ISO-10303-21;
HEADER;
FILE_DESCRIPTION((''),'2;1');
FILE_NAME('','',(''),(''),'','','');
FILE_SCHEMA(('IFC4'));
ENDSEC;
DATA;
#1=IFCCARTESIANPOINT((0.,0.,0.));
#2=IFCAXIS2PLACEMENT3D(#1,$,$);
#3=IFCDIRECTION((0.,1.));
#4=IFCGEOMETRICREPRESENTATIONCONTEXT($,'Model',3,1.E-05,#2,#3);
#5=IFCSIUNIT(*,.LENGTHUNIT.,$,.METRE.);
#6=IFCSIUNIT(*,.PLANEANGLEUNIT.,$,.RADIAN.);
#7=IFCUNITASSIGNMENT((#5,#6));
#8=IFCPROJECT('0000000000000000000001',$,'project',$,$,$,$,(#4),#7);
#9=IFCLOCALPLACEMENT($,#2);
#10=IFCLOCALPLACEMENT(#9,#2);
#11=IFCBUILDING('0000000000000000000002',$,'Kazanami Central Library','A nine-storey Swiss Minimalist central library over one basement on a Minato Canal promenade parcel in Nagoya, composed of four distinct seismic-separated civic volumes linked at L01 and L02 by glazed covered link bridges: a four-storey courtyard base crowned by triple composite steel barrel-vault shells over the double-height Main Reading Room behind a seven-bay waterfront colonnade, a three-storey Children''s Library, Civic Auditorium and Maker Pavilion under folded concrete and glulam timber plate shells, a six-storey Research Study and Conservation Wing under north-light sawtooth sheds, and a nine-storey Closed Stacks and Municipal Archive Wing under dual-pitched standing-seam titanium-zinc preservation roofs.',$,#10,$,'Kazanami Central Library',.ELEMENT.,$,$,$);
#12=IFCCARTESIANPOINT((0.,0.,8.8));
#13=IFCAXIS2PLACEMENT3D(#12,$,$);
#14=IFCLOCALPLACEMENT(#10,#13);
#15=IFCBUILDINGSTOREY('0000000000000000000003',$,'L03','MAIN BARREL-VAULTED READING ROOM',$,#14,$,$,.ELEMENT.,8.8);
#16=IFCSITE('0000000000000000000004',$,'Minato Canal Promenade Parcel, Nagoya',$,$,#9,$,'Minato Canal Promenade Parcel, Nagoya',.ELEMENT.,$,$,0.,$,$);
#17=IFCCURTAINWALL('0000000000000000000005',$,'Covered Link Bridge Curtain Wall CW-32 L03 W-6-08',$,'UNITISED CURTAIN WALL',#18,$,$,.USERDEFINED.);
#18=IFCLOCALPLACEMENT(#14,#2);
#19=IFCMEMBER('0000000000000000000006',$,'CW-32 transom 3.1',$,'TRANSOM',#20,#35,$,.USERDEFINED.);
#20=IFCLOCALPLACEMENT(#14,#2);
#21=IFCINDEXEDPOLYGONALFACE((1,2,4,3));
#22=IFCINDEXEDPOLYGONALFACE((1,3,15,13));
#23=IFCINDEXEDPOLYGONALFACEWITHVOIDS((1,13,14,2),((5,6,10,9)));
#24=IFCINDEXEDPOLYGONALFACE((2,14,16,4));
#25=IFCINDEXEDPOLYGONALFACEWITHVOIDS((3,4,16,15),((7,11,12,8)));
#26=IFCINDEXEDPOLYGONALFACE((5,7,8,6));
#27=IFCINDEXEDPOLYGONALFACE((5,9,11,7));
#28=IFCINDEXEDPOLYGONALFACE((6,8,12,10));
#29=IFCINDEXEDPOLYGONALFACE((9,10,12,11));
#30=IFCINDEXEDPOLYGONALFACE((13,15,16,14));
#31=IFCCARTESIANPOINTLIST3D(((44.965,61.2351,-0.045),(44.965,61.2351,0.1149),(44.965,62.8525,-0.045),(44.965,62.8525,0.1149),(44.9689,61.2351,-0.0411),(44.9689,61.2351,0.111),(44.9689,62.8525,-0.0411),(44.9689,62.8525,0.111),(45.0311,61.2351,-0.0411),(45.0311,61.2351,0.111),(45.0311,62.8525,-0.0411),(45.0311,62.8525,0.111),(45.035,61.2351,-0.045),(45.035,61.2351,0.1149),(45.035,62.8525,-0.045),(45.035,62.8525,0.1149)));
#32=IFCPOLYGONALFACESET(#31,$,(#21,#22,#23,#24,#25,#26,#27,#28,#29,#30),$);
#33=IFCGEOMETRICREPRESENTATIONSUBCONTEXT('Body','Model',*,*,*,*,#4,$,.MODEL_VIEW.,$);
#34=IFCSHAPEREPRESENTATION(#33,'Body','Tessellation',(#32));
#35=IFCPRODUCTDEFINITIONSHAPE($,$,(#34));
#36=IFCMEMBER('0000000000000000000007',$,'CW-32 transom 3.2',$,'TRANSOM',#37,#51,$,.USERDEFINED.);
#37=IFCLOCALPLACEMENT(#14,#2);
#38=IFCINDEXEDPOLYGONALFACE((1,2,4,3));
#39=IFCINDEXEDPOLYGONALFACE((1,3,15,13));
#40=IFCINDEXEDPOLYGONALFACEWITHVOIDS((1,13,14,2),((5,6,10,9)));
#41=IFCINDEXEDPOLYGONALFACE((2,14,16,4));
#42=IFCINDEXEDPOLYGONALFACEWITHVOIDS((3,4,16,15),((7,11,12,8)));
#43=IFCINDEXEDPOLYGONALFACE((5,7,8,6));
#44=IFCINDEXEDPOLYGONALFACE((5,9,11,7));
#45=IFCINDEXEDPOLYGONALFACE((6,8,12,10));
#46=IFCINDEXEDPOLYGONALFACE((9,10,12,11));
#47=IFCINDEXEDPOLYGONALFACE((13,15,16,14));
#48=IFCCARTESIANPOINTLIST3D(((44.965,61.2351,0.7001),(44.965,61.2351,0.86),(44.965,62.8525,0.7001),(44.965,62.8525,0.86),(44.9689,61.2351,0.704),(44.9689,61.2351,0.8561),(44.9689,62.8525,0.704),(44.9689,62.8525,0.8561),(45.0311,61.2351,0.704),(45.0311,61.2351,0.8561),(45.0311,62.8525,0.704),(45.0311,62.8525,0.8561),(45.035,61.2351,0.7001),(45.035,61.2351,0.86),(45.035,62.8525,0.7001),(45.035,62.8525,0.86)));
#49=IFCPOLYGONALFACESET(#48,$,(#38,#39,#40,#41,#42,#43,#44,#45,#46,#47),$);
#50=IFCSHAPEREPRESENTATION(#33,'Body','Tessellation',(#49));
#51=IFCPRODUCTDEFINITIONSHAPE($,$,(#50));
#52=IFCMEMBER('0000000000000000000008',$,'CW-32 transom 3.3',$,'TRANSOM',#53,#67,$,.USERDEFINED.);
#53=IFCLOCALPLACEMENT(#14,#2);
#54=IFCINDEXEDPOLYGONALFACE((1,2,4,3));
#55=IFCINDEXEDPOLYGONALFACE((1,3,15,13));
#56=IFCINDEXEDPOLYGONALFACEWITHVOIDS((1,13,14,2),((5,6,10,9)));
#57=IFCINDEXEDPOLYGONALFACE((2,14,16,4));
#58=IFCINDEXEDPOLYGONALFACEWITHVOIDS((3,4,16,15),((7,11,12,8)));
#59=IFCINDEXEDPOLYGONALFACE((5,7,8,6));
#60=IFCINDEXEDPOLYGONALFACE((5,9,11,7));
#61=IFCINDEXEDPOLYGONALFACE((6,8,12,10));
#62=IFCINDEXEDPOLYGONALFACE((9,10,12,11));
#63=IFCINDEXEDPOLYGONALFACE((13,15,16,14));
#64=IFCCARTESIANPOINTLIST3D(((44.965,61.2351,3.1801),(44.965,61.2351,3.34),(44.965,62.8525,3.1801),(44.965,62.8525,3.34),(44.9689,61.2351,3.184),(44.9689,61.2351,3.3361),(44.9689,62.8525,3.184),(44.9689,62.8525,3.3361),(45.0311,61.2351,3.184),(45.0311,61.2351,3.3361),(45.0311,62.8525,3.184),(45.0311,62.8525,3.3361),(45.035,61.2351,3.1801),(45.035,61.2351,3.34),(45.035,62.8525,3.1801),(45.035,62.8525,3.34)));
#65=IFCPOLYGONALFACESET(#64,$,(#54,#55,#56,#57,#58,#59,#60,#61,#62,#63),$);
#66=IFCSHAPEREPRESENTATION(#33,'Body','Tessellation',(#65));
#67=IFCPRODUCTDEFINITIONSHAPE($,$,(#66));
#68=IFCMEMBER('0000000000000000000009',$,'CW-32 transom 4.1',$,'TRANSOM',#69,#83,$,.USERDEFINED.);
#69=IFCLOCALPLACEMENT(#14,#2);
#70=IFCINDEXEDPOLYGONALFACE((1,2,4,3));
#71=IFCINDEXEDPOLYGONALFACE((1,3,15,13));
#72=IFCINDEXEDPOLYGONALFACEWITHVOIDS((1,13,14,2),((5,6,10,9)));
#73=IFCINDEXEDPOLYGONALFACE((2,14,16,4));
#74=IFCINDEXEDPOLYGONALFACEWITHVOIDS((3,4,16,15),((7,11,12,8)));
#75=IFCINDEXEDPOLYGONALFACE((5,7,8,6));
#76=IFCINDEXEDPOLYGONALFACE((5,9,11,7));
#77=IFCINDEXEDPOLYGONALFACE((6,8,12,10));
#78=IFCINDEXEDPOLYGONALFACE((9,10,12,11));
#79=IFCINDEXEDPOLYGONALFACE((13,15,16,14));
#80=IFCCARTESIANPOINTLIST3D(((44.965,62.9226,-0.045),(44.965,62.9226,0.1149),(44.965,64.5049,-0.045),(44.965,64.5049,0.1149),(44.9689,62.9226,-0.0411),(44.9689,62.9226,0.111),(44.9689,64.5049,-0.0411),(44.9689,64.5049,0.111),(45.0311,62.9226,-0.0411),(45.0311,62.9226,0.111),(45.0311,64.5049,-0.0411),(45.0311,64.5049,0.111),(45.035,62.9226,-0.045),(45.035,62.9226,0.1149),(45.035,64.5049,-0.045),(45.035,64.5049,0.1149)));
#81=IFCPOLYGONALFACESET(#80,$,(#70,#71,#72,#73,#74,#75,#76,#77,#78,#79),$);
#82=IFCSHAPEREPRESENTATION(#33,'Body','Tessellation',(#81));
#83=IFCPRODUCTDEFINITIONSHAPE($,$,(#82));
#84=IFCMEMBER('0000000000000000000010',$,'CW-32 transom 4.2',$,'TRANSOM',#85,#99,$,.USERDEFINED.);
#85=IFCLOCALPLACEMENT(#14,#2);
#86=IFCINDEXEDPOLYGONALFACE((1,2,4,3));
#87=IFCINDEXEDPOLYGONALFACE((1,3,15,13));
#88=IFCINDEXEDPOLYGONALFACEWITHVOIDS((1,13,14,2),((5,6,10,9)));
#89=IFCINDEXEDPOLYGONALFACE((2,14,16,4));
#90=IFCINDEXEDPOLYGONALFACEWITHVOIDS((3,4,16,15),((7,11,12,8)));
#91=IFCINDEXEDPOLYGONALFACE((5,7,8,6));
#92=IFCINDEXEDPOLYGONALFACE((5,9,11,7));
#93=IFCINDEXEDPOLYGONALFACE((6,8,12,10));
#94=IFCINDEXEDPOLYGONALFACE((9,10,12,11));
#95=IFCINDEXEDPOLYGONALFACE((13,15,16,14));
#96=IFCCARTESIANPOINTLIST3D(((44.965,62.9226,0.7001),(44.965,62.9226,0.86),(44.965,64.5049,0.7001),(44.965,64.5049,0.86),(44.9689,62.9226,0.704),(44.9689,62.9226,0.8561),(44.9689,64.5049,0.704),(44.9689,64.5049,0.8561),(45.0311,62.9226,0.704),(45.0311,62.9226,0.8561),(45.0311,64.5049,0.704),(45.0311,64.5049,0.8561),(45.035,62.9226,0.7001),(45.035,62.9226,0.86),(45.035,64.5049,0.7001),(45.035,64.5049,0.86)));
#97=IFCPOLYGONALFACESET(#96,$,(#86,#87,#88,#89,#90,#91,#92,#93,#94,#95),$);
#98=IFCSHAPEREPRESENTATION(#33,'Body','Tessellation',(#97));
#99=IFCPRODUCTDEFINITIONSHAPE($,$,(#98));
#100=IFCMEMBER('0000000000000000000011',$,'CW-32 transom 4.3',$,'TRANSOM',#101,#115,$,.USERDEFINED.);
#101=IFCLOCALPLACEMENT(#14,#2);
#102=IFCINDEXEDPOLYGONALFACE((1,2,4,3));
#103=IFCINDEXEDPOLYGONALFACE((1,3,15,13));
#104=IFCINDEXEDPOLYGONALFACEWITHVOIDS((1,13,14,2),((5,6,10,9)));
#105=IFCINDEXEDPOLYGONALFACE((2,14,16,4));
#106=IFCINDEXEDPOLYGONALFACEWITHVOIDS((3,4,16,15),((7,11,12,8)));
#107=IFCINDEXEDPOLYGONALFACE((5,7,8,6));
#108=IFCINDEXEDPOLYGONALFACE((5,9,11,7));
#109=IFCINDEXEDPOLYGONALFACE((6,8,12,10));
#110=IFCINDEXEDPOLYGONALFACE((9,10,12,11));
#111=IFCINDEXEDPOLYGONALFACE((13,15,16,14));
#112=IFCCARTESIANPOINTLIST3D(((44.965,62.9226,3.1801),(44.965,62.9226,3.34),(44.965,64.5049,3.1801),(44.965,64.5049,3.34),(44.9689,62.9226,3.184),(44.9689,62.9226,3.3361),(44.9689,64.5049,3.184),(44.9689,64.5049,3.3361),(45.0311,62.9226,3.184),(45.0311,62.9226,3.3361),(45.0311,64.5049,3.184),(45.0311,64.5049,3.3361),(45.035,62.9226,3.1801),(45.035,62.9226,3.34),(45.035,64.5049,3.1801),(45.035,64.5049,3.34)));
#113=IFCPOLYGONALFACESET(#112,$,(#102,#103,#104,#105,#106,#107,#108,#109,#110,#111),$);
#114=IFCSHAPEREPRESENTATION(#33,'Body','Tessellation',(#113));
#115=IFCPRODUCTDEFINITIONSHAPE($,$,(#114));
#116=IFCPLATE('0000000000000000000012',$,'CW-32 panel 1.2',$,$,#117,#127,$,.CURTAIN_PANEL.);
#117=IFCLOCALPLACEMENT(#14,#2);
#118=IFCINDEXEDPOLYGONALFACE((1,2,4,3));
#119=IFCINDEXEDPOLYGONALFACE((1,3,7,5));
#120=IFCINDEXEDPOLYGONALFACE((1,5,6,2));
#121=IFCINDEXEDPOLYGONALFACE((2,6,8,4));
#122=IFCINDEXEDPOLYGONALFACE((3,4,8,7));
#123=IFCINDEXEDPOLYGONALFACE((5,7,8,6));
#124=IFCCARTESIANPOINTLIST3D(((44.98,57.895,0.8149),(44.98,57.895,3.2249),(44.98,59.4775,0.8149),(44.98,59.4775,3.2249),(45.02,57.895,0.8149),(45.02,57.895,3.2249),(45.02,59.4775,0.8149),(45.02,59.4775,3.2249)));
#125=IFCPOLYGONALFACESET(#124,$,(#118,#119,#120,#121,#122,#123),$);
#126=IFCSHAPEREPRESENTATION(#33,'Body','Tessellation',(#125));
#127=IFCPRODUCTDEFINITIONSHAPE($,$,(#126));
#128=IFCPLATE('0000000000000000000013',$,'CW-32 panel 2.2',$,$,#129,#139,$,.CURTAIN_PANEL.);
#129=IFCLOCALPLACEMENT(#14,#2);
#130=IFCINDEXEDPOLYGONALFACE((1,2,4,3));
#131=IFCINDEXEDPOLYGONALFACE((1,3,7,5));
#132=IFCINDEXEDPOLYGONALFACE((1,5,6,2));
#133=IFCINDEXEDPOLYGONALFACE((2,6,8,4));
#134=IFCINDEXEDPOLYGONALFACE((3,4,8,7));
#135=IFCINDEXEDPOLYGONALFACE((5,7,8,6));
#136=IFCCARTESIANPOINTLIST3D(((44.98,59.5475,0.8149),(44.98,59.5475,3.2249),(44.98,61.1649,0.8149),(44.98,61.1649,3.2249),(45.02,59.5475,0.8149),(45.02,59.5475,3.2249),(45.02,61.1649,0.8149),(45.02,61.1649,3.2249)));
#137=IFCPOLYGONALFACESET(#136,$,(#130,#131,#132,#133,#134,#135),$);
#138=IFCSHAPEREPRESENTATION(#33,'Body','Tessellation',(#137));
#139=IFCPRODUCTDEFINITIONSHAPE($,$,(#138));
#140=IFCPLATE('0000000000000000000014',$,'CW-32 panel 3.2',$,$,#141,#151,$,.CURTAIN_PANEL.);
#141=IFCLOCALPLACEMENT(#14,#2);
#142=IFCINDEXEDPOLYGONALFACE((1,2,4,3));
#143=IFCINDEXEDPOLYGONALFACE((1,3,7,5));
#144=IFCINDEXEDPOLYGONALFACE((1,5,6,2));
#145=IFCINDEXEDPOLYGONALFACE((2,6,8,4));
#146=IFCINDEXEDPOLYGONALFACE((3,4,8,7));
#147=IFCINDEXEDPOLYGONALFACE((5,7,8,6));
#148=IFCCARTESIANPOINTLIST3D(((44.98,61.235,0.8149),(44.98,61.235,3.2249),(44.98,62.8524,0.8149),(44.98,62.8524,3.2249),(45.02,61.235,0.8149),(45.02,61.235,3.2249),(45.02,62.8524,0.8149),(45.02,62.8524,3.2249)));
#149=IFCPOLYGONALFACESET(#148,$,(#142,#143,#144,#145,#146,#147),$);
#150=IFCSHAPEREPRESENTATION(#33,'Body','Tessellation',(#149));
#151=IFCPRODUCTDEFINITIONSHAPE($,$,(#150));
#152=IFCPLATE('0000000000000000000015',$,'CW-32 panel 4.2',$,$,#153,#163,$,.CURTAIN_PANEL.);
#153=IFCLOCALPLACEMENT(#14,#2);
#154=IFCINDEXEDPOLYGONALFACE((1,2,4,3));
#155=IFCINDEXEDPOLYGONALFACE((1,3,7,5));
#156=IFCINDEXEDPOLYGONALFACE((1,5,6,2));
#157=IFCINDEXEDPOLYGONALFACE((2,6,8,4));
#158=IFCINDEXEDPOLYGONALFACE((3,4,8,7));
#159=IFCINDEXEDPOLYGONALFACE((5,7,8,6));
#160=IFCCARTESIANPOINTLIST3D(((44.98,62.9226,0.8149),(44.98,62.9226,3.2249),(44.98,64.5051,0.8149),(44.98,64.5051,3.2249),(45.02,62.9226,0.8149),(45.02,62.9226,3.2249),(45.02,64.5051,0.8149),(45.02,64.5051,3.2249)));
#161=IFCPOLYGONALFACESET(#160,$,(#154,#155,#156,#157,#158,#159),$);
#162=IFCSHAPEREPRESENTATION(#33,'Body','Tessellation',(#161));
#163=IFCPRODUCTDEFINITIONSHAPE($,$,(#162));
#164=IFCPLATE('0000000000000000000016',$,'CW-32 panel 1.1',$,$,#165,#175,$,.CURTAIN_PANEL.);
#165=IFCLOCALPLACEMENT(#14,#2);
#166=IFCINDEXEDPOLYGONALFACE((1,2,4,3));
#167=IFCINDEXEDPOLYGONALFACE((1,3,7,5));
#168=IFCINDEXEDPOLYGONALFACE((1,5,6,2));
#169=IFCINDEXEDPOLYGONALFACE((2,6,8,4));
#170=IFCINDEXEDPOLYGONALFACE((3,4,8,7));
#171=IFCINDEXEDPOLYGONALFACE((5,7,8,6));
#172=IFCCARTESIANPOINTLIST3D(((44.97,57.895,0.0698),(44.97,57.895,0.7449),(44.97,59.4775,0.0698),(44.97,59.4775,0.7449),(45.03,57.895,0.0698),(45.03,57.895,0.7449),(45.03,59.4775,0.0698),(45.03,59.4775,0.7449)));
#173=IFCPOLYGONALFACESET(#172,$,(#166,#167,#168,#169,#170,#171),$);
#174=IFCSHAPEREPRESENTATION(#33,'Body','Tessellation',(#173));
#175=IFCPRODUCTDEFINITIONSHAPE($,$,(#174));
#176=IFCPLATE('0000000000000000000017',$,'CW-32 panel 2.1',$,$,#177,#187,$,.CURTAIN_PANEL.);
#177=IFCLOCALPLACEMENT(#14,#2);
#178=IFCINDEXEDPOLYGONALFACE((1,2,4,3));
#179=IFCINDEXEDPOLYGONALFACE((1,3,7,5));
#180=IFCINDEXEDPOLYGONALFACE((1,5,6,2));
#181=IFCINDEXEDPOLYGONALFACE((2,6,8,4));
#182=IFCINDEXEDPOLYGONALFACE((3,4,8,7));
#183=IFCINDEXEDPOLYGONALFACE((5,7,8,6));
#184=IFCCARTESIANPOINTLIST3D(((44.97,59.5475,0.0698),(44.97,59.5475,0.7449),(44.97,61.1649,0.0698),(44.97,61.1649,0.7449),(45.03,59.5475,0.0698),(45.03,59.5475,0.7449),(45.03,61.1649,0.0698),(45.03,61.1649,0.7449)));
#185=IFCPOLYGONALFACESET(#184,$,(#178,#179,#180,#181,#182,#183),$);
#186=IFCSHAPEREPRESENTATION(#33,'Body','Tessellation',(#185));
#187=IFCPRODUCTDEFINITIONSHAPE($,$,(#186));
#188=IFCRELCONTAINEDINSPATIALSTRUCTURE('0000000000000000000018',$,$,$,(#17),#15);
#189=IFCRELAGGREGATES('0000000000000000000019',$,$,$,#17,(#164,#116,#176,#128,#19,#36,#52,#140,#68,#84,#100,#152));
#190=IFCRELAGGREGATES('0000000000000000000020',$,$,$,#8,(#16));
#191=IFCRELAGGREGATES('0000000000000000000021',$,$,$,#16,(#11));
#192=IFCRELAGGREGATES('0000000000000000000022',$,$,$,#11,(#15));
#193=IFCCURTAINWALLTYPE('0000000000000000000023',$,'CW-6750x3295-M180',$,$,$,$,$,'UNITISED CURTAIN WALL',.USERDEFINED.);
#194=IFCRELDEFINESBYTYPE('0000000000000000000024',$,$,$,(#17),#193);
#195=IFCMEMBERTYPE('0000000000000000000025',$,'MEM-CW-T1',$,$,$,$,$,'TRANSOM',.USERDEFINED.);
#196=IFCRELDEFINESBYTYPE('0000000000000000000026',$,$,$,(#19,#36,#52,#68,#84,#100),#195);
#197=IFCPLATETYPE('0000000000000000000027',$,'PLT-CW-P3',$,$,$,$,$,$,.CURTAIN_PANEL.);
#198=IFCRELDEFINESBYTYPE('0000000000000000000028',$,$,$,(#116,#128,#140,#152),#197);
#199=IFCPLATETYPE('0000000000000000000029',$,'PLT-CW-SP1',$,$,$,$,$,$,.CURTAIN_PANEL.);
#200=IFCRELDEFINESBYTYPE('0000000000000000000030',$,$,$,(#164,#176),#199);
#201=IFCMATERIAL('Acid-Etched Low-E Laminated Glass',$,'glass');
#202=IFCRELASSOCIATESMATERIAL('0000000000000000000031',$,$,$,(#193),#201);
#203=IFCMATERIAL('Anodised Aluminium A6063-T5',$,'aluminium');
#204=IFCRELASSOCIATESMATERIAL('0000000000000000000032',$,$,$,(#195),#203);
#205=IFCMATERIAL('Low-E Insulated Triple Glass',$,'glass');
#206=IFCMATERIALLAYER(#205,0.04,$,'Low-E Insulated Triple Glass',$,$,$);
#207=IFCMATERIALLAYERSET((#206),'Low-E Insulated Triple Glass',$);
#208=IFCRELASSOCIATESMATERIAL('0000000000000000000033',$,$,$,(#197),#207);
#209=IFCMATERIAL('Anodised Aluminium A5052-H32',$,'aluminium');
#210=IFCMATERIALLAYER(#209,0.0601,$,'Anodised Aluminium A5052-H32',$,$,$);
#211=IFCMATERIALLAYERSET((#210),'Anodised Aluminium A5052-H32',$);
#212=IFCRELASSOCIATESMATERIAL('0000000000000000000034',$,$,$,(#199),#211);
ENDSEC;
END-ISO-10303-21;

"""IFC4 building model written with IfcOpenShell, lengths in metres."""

from ifc_helpers import new_model, si_unit, direction, frame, origin, origin_2d, place, context, subcontext, project, spatial, rectangle, hollow_rectangle, extrude, material, layer, layer_set, material_profile, profile_set, type_object, element, aggregate, save


model = new_model("IFC4")

# Units and contexts
model_context = context("Model", 3, precision=1e-05, world=origin(), true_north=direction((0.0, 1.0)))
body_context = subcontext(model_context, "Body", "Model", "MODEL_VIEW")
ifc_project = project(units=[si_unit("LENGTHUNIT", "METRE"), si_unit("PLANEANGLEUNIT", "RADIAN")], contexts=[model_context])

# Site, building, storey
site_placement = place(None, origin())
site = spatial("IfcSite", under=ifc_project, at=site_placement, Name="Minato Canal Promenade Parcel, Nagoya", LongName="Minato Canal Promenade Parcel, Nagoya", CompositionType="ELEMENT", RefElevation=0.0)
building_placement = place(site_placement, origin())
building = spatial("IfcBuilding", under=site, at=building_placement, Name="Kazanami Central Library", Description="A nine-storey Swiss Minimalist central library over one basement on a Minato Canal promenade parcel in Nagoya, composed of four distinct seismic-separated civic volumes linked at L01 and L02 by glazed covered link bridges: a four-storey courtyard base crowned by triple composite steel barrel-vault shells over the double-height Main Reading Room behind a seven-bay waterfront colonnade, a three-storey Children's Library, Civic Auditorium and Maker Pavilion under folded concrete and glulam timber plate shells, a six-storey Research Study and Conservation Wing under north-light sawtooth sheds, and a nine-storey Closed Stacks and Municipal Archive Wing under dual-pitched standing-seam titanium-zinc preservation roofs.", LongName="Kazanami Central Library", CompositionType="ELEMENT")
storey_placement = place(building_placement, frame((0.0, 0.0, 8.8)))
storey = spatial("IfcBuildingStorey", under=building, at=storey_placement, Name="L03", Description="MAIN BARREL-VAULTED READING ROOM", CompositionType="ELEMENT", Elevation=8.8)

# Shared definitions
ifc_material_1 = material(Name="Acid-Etched Low-E Laminated Glass", Category="glass")
ifc_material_2 = material(Name="Anodised Aluminium A6063-T5", Category="aluminium")

# Curtain wall
curtain_wall_type_1 = type_object("IfcCurtainWallType", Name="CW-6750x3295-M180", ElementType="UNITISED CURTAIN WALL", PredefinedType="USERDEFINED", material=ifc_material_1)
curtain_wall_1_placement = place(storey_placement, origin())
curtain_wall_1 = element("IfcCurtainWall", 1, at=curtain_wall_1_placement, inside=storey, type_object=curtain_wall_type_1, Name="Covered Link Bridge Curtain Wall CW-32 L03 W-6-08", ObjectType="UNITISED CURTAIN WALL", PredefinedType="USERDEFINED")

# Members
ifc_material_profile_1 = material_profile(ifc_material_2, hollow_rectangle(XDim=0.0701, YDim=0.1599, WallThickness=0.0039, at=origin_2d()), Name="ALU-TRAN-70x160x4")
ifc_profile_set_1 = profile_set([ifc_material_profile_1], Name="Anodised Aluminium A6063-T5")
member_type_1 = type_object("IfcMemberType", Name="MEM-CW-T1", ElementType="TRANSOM", PredefinedType="USERDEFINED", material=ifc_profile_set_1)
member_1_placement = place(storey_placement, frame((45.0, 61.2351, 0.0349), z_axis=(0.0, 1.0, 0.0), x_axis=(-1.0, 0.0, 0.0)))
member_1 = element("IfcMember", 2, at=member_1_placement, type_object=member_type_1, Name="CW-32 transom 3.1", ObjectType="TRANSOM", PredefinedType="USERDEFINED", context=body_context, shape_type="SweptSolid", body=[
    extrude(hollow_rectangle(XDim=0.0701, YDim=0.1599, WallThickness=0.0039, at=origin_2d()), origin(), (0.0, 0.0, 1.0), 1.6174),
])
member_2_placement = place(storey_placement, frame((45.0, 61.2351, 0.78), z_axis=(0.0, 1.0, 0.0), x_axis=(-1.0, 0.0, 0.0)))
member_2 = element("IfcMember", 3, at=member_2_placement, type_object=member_type_1, Name="CW-32 transom 3.2", ObjectType="TRANSOM", PredefinedType="USERDEFINED", context=body_context, shape_type="SweptSolid", body=[
    extrude(hollow_rectangle(XDim=0.0701, YDim=0.1599, WallThickness=0.0039, at=origin_2d()), origin(), (0.0, 0.0, 1.0), 1.6174),
])
member_3_placement = place(storey_placement, frame((45.0, 61.2351, 3.26), z_axis=(0.0, 1.0, 0.0), x_axis=(-1.0, 0.0, 0.0)))
member_3 = element("IfcMember", 4, at=member_3_placement, type_object=member_type_1, Name="CW-32 transom 3.3", ObjectType="TRANSOM", PredefinedType="USERDEFINED", context=body_context, shape_type="SweptSolid", body=[
    extrude(hollow_rectangle(XDim=0.0701, YDim=0.1599, WallThickness=0.0039, at=origin_2d()), origin(), (0.0, 0.0, 1.0), 1.6174),
])
member_4_placement = place(storey_placement, frame((45.0, 62.9226, 0.0349), z_axis=(0.0, 1.0, 0.0), x_axis=(-1.0, 0.0, 0.0)))
member_4 = element("IfcMember", 5, at=member_4_placement, type_object=member_type_1, Name="CW-32 transom 4.1", ObjectType="TRANSOM", PredefinedType="USERDEFINED", context=body_context, shape_type="SweptSolid", body=[
    extrude(hollow_rectangle(XDim=0.0701, YDim=0.1599, WallThickness=0.0039, at=origin_2d()), origin(), (0.0, 0.0, 1.0), 1.5823),
])
member_5_placement = place(storey_placement, frame((45.0, 62.9226, 0.78), z_axis=(0.0, 1.0, 0.0), x_axis=(-1.0, 0.0, 0.0)))
member_5 = element("IfcMember", 6, at=member_5_placement, type_object=member_type_1, Name="CW-32 transom 4.2", ObjectType="TRANSOM", PredefinedType="USERDEFINED", context=body_context, shape_type="SweptSolid", body=[
    extrude(hollow_rectangle(XDim=0.0701, YDim=0.1599, WallThickness=0.0039, at=origin_2d()), origin(), (0.0, 0.0, 1.0), 1.5823),
])
member_6_placement = place(storey_placement, frame((45.0, 62.9226, 3.26), z_axis=(0.0, 1.0, 0.0), x_axis=(-1.0, 0.0, 0.0)))
member_6 = element("IfcMember", 7, at=member_6_placement, type_object=member_type_1, Name="CW-32 transom 4.3", ObjectType="TRANSOM", PredefinedType="USERDEFINED", context=body_context, shape_type="SweptSolid", body=[
    extrude(hollow_rectangle(XDim=0.0701, YDim=0.1599, WallThickness=0.0039, at=origin_2d()), origin(), (0.0, 0.0, 1.0), 1.5823),
])

# Plates
ifc_material_3 = material(Name="Low-E Insulated Triple Glass", Category="glass")
ifc_layer_1 = layer(ifc_material_3, 0.04, Name="Low-E Insulated Triple Glass")
ifc_layer_set_1 = layer_set([ifc_layer_1], Name="Low-E Insulated Triple Glass")
plate_type_1 = type_object("IfcPlateType", Name="PLT-CW-P3", PredefinedType="CURTAIN_PANEL", material=ifc_layer_set_1)
plate_1_placement = place(storey_placement, frame((45.0, 58.6863, 0.8149), z_axis=(0.0, 0.0, 1.0), x_axis=(0.0, 1.0, 0.0)))
plate_1 = element("IfcPlate", 8, at=plate_1_placement, type_object=plate_type_1, Name="CW-32 panel 1.2", PredefinedType="CURTAIN_PANEL", context=body_context, shape_type="SweptSolid", body=[
    extrude(rectangle(XDim=1.5825, YDim=0.04, at=origin_2d()), origin(), (0.0, 0.0, 1.0), 2.4099),
])
plate_2_placement = place(storey_placement, frame((45.0, 60.3562, 0.8149), z_axis=(0.0, 0.0, 1.0), x_axis=(0.0, 1.0, 0.0)))
plate_2 = element("IfcPlate", 9, at=plate_2_placement, type_object=plate_type_1, Name="CW-32 panel 2.2", PredefinedType="CURTAIN_PANEL", context=body_context, shape_type="SweptSolid", body=[
    extrude(rectangle(XDim=1.6174, YDim=0.04, at=origin_2d()), origin(), (0.0, 0.0, 1.0), 2.4099),
])
plate_3_placement = place(storey_placement, frame((45.0, 62.0437, 0.8149), z_axis=(0.0, 0.0, 1.0), x_axis=(0.0, 1.0, 0.0)))
plate_3 = element("IfcPlate", 10, at=plate_3_placement, type_object=plate_type_1, Name="CW-32 panel 3.2", PredefinedType="CURTAIN_PANEL", context=body_context, shape_type="SweptSolid", body=[
    extrude(rectangle(XDim=1.6174, YDim=0.04, at=origin_2d()), origin(), (0.0, 0.0, 1.0), 2.4099),
])
plate_4_placement = place(storey_placement, frame((45.0, 63.7139, 0.8149), z_axis=(0.0, 0.0, 1.0), x_axis=(0.0, 1.0, 0.0)))
plate_4 = element("IfcPlate", 11, at=plate_4_placement, type_object=plate_type_1, Name="CW-32 panel 4.2", PredefinedType="CURTAIN_PANEL", context=body_context, shape_type="SweptSolid", body=[
    extrude(rectangle(XDim=1.5825, YDim=0.04, at=origin_2d()), origin(), (0.0, 0.0, 1.0), 2.4099),
])
ifc_material_4 = material(Name="Anodised Aluminium A5052-H32", Category="aluminium")
ifc_layer_2 = layer(ifc_material_4, 0.0601, Name="Anodised Aluminium A5052-H32")
ifc_layer_set_2 = layer_set([ifc_layer_2], Name="Anodised Aluminium A5052-H32")
plate_type_2 = type_object("IfcPlateType", Name="PLT-CW-SP1", PredefinedType="CURTAIN_PANEL", material=ifc_layer_set_2)
plate_5_placement = place(storey_placement, frame((45.0, 58.6863, 0.0698), z_axis=(0.0, 0.0, 1.0), x_axis=(0.0, 1.0, 0.0)))
plate_5 = element("IfcPlate", 12, at=plate_5_placement, type_object=plate_type_2, Name="CW-32 panel 1.1", PredefinedType="CURTAIN_PANEL", context=body_context, shape_type="SweptSolid", body=[
    extrude(rectangle(XDim=1.5825, YDim=0.0601, at=origin_2d()), origin(), (0.0, 0.0, 1.0), 0.675),
])
plate_6_placement = place(storey_placement, frame((45.0, 60.3562, 0.0698), z_axis=(0.0, 0.0, 1.0), x_axis=(0.0, 1.0, 0.0)))
plate_6 = element("IfcPlate", 13, at=plate_6_placement, type_object=plate_type_2, Name="CW-32 panel 2.1", PredefinedType="CURTAIN_PANEL", context=body_context, shape_type="SweptSolid", body=[
    extrude(rectangle(XDim=1.6174, YDim=0.0601, at=origin_2d()), origin(), (0.0, 0.0, 1.0), 0.675),
])
aggregate(curtain_wall_1, [plate_5, plate_1, plate_6, plate_2, member_1, member_2, member_3, plate_3, member_4, member_5, member_6, plate_4])

save(model, "model.ifc")
